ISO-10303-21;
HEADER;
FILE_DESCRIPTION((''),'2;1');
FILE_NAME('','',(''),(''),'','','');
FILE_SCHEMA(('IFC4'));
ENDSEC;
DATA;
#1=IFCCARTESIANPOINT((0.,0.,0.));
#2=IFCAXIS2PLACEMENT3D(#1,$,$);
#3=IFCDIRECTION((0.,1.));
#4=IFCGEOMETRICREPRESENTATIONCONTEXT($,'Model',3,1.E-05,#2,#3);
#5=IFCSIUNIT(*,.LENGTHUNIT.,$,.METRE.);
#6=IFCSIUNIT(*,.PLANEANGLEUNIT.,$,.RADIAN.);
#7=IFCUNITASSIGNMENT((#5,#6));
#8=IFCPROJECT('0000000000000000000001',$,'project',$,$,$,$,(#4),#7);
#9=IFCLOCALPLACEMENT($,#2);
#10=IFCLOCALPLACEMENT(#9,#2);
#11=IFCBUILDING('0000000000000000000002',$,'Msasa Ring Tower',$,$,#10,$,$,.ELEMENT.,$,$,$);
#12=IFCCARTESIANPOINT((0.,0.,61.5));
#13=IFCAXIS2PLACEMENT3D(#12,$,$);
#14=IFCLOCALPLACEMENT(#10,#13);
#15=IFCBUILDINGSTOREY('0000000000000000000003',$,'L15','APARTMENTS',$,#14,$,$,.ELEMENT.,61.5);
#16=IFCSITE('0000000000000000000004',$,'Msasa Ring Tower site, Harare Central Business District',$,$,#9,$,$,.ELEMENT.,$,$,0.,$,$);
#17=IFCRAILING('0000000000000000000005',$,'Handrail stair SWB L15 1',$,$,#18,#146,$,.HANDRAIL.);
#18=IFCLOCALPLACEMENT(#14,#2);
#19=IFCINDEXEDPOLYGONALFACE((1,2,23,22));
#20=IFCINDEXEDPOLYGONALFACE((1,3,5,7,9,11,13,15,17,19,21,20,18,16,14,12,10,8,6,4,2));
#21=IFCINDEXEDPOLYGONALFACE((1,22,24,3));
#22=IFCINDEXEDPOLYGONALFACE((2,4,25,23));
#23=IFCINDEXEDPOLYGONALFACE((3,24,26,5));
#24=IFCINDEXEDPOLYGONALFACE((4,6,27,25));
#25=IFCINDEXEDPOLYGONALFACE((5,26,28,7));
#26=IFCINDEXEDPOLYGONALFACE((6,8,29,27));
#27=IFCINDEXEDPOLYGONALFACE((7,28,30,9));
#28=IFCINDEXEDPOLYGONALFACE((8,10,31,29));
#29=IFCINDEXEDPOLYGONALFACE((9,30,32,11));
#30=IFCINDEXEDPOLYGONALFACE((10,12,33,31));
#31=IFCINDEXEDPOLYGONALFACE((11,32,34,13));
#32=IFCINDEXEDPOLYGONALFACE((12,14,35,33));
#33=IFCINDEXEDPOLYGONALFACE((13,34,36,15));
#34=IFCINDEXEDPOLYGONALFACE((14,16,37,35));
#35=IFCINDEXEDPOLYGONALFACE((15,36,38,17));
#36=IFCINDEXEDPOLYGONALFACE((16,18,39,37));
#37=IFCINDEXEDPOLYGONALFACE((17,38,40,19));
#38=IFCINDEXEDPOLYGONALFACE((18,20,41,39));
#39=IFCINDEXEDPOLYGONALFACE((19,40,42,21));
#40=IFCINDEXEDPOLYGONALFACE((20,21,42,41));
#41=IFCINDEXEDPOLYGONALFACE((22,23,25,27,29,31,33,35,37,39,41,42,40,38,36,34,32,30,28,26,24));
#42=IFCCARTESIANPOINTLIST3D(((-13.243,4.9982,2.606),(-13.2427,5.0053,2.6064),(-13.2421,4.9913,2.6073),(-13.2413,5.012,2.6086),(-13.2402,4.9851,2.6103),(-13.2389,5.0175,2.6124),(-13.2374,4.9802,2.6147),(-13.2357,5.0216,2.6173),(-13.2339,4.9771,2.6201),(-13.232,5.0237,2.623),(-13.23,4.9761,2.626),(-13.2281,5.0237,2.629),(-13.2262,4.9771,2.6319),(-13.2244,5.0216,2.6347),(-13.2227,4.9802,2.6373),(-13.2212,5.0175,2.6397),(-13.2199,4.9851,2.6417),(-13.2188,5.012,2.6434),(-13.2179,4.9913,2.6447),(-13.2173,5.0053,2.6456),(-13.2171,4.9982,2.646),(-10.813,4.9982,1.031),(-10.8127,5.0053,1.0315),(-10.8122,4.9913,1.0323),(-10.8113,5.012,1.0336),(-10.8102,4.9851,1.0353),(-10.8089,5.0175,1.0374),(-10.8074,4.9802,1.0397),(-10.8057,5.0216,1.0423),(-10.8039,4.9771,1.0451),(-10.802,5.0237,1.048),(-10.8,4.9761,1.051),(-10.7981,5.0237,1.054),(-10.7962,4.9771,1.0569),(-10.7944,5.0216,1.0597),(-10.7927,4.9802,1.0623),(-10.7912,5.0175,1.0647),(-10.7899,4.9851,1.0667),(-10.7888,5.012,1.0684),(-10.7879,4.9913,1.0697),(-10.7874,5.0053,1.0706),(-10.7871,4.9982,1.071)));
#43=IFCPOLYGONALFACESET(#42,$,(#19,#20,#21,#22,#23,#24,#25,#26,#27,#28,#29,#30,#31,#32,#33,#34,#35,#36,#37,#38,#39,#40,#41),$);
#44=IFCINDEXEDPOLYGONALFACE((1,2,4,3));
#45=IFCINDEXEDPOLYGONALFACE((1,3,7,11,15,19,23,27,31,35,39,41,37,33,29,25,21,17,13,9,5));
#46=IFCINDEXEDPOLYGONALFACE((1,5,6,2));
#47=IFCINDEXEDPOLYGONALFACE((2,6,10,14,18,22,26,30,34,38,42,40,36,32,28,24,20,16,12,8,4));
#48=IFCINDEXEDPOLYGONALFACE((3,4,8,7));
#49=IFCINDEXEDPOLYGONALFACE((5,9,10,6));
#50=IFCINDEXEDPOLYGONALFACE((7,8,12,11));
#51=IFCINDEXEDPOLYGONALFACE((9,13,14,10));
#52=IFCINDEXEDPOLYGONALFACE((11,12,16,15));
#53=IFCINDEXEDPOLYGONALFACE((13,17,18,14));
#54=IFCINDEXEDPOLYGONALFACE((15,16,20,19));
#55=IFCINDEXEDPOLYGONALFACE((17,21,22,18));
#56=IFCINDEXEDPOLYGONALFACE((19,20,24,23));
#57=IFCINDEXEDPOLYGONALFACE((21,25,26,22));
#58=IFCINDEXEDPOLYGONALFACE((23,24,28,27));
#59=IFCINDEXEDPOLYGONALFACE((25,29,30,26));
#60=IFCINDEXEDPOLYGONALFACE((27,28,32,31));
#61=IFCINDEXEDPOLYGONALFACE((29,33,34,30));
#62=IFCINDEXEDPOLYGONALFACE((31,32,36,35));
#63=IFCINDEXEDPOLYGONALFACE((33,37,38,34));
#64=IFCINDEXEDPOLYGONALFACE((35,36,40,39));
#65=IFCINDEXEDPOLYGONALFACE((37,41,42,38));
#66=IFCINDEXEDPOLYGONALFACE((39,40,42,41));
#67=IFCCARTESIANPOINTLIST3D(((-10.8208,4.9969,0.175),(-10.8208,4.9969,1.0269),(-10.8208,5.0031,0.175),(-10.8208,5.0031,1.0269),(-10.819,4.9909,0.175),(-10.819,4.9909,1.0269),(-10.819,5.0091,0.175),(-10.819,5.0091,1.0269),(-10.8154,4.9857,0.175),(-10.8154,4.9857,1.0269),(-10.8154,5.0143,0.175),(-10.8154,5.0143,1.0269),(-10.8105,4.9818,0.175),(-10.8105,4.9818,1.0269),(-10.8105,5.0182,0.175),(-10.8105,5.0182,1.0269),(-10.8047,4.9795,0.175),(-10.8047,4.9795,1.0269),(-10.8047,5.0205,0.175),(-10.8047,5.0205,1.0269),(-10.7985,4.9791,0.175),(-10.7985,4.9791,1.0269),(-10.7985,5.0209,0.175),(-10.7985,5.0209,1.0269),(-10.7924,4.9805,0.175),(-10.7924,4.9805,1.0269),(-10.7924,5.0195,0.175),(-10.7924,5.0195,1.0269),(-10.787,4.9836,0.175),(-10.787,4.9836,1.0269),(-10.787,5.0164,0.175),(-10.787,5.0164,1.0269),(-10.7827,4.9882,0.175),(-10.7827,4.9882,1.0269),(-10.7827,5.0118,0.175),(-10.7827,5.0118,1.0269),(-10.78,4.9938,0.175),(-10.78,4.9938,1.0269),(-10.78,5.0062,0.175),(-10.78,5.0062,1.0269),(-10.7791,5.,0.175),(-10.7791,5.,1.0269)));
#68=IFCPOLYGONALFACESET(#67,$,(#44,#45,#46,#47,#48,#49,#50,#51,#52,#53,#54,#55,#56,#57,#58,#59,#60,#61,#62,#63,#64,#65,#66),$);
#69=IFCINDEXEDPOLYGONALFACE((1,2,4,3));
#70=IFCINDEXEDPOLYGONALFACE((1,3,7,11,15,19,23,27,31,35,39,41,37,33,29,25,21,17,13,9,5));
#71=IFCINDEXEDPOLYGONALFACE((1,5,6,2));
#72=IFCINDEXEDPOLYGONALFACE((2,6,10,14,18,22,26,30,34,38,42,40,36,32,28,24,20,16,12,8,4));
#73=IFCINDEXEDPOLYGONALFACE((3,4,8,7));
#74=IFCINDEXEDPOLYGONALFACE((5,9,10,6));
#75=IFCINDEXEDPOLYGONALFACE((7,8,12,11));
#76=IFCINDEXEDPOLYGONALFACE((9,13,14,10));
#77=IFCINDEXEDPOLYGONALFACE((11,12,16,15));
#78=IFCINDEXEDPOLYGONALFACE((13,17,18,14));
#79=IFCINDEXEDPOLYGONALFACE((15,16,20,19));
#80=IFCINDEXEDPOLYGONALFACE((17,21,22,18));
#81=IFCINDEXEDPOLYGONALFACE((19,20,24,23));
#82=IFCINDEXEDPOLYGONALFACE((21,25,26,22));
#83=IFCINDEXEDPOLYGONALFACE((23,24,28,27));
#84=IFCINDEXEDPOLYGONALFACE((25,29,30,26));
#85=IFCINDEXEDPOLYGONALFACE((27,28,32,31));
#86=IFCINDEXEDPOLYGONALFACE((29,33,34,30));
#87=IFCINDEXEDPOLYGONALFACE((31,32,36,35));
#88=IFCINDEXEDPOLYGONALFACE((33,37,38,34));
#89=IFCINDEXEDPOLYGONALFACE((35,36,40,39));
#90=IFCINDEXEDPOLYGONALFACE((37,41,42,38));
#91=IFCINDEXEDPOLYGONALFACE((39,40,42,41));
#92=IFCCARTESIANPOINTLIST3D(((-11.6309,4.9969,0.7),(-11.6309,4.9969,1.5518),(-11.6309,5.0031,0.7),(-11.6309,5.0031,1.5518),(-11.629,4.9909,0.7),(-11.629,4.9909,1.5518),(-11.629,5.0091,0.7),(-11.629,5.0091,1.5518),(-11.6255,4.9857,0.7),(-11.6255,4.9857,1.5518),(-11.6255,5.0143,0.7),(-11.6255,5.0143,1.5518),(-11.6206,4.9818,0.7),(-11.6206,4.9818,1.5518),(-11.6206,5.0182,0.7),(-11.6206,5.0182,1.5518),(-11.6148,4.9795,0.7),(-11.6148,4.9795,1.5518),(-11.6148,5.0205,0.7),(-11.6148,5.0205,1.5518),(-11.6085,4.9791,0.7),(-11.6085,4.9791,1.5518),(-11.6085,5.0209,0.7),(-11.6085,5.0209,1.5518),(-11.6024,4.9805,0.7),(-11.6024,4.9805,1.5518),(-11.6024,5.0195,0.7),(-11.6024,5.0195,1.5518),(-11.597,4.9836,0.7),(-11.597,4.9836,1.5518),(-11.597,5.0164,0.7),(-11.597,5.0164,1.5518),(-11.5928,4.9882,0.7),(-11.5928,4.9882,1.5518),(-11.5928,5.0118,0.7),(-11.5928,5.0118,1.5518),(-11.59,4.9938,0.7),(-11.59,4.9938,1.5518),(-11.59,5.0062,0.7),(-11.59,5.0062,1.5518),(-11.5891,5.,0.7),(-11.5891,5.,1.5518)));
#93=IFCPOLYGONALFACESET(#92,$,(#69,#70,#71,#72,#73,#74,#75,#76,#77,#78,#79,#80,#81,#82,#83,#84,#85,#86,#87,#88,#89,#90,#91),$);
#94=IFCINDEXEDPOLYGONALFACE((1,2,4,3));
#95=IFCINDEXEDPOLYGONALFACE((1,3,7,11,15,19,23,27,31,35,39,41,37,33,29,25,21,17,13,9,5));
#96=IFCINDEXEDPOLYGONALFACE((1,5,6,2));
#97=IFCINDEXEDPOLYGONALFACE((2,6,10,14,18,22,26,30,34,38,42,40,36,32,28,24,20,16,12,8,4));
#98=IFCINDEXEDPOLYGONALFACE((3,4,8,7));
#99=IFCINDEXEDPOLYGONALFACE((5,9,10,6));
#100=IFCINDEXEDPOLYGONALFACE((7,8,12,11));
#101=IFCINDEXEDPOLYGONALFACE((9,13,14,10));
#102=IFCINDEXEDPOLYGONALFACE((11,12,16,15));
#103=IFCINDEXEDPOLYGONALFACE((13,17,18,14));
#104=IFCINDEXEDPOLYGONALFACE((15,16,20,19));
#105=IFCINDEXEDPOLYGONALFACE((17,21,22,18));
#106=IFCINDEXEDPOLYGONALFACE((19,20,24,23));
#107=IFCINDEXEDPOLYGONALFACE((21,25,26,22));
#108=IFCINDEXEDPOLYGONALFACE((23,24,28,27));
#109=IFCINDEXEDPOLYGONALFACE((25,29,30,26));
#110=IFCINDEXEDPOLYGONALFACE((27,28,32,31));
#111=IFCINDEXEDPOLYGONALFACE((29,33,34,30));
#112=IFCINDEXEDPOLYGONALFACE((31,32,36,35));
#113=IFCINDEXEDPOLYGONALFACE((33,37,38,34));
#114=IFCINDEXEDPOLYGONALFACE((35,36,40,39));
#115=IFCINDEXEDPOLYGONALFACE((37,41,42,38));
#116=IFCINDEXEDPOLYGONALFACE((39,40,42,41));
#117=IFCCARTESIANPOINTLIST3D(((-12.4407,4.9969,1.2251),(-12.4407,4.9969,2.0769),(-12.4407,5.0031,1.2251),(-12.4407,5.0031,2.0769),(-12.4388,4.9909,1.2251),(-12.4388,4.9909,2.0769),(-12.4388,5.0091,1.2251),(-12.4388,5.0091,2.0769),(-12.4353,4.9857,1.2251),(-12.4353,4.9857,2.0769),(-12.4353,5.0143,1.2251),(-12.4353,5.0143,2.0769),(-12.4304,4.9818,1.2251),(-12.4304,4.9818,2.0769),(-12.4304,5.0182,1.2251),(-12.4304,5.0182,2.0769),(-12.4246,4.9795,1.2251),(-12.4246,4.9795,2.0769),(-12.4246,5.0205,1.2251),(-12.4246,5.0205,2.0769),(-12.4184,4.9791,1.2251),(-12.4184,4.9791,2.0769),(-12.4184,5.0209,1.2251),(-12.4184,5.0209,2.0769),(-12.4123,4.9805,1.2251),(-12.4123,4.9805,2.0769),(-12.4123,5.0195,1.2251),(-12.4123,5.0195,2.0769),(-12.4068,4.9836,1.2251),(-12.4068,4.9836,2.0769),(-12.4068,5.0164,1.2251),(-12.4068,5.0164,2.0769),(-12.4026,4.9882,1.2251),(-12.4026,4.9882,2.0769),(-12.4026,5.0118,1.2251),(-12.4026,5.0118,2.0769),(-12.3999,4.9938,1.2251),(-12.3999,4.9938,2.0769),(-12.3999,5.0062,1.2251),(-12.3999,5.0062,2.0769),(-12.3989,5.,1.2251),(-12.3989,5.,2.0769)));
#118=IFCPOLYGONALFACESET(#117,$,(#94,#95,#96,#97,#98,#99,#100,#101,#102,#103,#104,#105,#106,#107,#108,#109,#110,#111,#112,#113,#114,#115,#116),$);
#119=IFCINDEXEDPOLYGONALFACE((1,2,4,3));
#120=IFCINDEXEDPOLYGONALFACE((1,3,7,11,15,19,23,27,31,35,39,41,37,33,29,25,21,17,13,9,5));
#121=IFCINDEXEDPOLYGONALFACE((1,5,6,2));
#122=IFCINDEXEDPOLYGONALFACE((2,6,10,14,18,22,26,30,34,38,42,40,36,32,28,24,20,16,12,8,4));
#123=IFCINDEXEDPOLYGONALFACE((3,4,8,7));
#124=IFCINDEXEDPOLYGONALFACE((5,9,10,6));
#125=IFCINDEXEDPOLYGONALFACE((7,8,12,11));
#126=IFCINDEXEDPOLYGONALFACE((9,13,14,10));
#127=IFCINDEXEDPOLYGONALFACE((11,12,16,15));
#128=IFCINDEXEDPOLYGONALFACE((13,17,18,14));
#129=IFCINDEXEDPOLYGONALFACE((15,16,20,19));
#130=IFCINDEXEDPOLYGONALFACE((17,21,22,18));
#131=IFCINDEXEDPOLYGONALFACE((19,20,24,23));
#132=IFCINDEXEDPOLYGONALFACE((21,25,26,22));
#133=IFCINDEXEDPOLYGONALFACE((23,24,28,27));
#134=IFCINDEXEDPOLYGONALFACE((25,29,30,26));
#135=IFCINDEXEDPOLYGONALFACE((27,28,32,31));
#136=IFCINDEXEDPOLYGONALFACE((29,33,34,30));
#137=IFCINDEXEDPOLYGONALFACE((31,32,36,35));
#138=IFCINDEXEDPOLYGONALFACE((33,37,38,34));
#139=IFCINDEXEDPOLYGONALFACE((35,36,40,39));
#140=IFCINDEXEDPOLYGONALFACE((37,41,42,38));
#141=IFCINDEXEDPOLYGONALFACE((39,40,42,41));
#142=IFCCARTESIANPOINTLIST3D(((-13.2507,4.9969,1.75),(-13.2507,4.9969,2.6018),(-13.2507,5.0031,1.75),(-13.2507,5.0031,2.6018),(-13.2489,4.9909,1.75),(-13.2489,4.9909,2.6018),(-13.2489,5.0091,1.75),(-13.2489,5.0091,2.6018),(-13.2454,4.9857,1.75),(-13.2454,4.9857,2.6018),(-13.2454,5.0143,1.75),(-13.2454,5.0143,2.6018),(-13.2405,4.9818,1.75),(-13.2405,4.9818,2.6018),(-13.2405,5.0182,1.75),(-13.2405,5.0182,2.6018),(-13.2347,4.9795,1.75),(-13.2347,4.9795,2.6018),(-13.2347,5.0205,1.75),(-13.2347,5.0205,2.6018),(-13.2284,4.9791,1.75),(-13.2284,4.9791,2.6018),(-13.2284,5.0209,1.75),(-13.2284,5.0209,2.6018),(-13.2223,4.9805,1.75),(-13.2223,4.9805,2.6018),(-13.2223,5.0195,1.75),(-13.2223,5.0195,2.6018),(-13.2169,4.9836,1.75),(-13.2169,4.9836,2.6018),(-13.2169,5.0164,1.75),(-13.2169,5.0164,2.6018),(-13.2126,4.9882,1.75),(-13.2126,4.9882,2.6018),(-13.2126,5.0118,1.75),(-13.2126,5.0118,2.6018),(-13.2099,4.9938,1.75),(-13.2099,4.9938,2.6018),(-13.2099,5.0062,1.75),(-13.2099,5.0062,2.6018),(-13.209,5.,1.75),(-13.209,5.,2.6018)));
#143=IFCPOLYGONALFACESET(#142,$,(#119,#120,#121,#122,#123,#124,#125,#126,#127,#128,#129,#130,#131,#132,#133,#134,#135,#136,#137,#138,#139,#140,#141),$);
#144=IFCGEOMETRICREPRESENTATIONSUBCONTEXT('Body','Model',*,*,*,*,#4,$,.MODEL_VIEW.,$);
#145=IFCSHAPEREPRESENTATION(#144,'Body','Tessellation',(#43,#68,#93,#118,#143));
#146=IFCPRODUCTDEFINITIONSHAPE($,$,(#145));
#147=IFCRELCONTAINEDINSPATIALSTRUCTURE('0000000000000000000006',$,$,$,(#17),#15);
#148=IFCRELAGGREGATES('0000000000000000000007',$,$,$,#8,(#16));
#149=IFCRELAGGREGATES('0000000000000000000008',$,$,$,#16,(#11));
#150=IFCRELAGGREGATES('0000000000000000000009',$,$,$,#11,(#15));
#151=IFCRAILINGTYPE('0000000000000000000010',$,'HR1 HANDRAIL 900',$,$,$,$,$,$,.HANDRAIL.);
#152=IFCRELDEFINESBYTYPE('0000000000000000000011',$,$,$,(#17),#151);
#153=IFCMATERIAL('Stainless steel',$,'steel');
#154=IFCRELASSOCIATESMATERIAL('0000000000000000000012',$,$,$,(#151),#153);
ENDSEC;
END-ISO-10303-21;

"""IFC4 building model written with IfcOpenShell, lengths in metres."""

from ifc_helpers import new_model, si_unit, direction, frame, origin, origin_2d, place, context, subcontext, project, spatial, circle, extrude, material, type_object, element, save


model = new_model("IFC4")

# Units and contexts
model_context = context("Model", 3, precision=1e-05, world=origin(), true_north=direction((0.0, 1.0)))
body_context = subcontext(model_context, "Body", "Model", "MODEL_VIEW")
ifc_project = project(units=[si_unit("LENGTHUNIT", "METRE"), si_unit("PLANEANGLEUNIT", "RADIAN")], contexts=[model_context])

# Site, building, storey
site_placement = place(None, origin())
site = spatial("IfcSite", under=ifc_project, at=site_placement, Name="Msasa Ring Tower site, Harare Central Business District", CompositionType="ELEMENT", RefElevation=0.0)
building_placement = place(site_placement, origin())
building = spatial("IfcBuilding", under=site, at=building_placement, Name="Msasa Ring Tower", CompositionType="ELEMENT")
storey_placement = place(building_placement, frame((0.0, 0.0, 61.5)))
storey = spatial("IfcBuildingStorey", under=building, at=storey_placement, Name="L15", Description="APARTMENTS", CompositionType="ELEMENT", Elevation=61.5)

# Railing
ifc_material_1 = material(Name="Stainless steel", Category="steel")
railing_type = type_object("IfcRailingType", Name="HR1 HANDRAIL 900", PredefinedType="HANDRAIL", material=ifc_material_1)
for number, where, name in (
    (1, (-10.8, 5.0, 0.175), "Handrail stair SWB L15 1"),
):
    element("IfcRailing", number, at=place(storey_placement, frame(where)), inside=storey, type_object=railing_type, Name=name, PredefinedType="HANDRAIL", context=body_context, shape_type="SweptSolid", body=[
        extrude(circle(Radius=0.0239, at=origin_2d()), frame((0.0, 0.0, 0.876), z_axis=(-0.839154, 0.0, 0.543894), x_axis=(0.0, -1.0, 0.0)), (0.0, 0.0, 1.0), 2.8958),
        extrude(circle(Radius=0.021, at=origin_2d()), origin(), (0.0, 0.0, 1.0), 0.8518),
        extrude(circle(Radius=0.021, at=origin_2d()), frame((-0.8101, 0.0, 0.5249)), (0.0, 0.0, 1.0), 0.8518),
        extrude(circle(Radius=0.021, at=origin_2d()), frame((-1.6199, 0.0, 1.05)), (0.0, 0.0, 1.0), 0.8518),
        extrude(circle(Radius=0.021, at=origin_2d()), frame((-2.4299, 0.0, 1.575)), (0.0, 0.0, 1.0), 0.8518),
    ])

save(model, "model.ifc")
